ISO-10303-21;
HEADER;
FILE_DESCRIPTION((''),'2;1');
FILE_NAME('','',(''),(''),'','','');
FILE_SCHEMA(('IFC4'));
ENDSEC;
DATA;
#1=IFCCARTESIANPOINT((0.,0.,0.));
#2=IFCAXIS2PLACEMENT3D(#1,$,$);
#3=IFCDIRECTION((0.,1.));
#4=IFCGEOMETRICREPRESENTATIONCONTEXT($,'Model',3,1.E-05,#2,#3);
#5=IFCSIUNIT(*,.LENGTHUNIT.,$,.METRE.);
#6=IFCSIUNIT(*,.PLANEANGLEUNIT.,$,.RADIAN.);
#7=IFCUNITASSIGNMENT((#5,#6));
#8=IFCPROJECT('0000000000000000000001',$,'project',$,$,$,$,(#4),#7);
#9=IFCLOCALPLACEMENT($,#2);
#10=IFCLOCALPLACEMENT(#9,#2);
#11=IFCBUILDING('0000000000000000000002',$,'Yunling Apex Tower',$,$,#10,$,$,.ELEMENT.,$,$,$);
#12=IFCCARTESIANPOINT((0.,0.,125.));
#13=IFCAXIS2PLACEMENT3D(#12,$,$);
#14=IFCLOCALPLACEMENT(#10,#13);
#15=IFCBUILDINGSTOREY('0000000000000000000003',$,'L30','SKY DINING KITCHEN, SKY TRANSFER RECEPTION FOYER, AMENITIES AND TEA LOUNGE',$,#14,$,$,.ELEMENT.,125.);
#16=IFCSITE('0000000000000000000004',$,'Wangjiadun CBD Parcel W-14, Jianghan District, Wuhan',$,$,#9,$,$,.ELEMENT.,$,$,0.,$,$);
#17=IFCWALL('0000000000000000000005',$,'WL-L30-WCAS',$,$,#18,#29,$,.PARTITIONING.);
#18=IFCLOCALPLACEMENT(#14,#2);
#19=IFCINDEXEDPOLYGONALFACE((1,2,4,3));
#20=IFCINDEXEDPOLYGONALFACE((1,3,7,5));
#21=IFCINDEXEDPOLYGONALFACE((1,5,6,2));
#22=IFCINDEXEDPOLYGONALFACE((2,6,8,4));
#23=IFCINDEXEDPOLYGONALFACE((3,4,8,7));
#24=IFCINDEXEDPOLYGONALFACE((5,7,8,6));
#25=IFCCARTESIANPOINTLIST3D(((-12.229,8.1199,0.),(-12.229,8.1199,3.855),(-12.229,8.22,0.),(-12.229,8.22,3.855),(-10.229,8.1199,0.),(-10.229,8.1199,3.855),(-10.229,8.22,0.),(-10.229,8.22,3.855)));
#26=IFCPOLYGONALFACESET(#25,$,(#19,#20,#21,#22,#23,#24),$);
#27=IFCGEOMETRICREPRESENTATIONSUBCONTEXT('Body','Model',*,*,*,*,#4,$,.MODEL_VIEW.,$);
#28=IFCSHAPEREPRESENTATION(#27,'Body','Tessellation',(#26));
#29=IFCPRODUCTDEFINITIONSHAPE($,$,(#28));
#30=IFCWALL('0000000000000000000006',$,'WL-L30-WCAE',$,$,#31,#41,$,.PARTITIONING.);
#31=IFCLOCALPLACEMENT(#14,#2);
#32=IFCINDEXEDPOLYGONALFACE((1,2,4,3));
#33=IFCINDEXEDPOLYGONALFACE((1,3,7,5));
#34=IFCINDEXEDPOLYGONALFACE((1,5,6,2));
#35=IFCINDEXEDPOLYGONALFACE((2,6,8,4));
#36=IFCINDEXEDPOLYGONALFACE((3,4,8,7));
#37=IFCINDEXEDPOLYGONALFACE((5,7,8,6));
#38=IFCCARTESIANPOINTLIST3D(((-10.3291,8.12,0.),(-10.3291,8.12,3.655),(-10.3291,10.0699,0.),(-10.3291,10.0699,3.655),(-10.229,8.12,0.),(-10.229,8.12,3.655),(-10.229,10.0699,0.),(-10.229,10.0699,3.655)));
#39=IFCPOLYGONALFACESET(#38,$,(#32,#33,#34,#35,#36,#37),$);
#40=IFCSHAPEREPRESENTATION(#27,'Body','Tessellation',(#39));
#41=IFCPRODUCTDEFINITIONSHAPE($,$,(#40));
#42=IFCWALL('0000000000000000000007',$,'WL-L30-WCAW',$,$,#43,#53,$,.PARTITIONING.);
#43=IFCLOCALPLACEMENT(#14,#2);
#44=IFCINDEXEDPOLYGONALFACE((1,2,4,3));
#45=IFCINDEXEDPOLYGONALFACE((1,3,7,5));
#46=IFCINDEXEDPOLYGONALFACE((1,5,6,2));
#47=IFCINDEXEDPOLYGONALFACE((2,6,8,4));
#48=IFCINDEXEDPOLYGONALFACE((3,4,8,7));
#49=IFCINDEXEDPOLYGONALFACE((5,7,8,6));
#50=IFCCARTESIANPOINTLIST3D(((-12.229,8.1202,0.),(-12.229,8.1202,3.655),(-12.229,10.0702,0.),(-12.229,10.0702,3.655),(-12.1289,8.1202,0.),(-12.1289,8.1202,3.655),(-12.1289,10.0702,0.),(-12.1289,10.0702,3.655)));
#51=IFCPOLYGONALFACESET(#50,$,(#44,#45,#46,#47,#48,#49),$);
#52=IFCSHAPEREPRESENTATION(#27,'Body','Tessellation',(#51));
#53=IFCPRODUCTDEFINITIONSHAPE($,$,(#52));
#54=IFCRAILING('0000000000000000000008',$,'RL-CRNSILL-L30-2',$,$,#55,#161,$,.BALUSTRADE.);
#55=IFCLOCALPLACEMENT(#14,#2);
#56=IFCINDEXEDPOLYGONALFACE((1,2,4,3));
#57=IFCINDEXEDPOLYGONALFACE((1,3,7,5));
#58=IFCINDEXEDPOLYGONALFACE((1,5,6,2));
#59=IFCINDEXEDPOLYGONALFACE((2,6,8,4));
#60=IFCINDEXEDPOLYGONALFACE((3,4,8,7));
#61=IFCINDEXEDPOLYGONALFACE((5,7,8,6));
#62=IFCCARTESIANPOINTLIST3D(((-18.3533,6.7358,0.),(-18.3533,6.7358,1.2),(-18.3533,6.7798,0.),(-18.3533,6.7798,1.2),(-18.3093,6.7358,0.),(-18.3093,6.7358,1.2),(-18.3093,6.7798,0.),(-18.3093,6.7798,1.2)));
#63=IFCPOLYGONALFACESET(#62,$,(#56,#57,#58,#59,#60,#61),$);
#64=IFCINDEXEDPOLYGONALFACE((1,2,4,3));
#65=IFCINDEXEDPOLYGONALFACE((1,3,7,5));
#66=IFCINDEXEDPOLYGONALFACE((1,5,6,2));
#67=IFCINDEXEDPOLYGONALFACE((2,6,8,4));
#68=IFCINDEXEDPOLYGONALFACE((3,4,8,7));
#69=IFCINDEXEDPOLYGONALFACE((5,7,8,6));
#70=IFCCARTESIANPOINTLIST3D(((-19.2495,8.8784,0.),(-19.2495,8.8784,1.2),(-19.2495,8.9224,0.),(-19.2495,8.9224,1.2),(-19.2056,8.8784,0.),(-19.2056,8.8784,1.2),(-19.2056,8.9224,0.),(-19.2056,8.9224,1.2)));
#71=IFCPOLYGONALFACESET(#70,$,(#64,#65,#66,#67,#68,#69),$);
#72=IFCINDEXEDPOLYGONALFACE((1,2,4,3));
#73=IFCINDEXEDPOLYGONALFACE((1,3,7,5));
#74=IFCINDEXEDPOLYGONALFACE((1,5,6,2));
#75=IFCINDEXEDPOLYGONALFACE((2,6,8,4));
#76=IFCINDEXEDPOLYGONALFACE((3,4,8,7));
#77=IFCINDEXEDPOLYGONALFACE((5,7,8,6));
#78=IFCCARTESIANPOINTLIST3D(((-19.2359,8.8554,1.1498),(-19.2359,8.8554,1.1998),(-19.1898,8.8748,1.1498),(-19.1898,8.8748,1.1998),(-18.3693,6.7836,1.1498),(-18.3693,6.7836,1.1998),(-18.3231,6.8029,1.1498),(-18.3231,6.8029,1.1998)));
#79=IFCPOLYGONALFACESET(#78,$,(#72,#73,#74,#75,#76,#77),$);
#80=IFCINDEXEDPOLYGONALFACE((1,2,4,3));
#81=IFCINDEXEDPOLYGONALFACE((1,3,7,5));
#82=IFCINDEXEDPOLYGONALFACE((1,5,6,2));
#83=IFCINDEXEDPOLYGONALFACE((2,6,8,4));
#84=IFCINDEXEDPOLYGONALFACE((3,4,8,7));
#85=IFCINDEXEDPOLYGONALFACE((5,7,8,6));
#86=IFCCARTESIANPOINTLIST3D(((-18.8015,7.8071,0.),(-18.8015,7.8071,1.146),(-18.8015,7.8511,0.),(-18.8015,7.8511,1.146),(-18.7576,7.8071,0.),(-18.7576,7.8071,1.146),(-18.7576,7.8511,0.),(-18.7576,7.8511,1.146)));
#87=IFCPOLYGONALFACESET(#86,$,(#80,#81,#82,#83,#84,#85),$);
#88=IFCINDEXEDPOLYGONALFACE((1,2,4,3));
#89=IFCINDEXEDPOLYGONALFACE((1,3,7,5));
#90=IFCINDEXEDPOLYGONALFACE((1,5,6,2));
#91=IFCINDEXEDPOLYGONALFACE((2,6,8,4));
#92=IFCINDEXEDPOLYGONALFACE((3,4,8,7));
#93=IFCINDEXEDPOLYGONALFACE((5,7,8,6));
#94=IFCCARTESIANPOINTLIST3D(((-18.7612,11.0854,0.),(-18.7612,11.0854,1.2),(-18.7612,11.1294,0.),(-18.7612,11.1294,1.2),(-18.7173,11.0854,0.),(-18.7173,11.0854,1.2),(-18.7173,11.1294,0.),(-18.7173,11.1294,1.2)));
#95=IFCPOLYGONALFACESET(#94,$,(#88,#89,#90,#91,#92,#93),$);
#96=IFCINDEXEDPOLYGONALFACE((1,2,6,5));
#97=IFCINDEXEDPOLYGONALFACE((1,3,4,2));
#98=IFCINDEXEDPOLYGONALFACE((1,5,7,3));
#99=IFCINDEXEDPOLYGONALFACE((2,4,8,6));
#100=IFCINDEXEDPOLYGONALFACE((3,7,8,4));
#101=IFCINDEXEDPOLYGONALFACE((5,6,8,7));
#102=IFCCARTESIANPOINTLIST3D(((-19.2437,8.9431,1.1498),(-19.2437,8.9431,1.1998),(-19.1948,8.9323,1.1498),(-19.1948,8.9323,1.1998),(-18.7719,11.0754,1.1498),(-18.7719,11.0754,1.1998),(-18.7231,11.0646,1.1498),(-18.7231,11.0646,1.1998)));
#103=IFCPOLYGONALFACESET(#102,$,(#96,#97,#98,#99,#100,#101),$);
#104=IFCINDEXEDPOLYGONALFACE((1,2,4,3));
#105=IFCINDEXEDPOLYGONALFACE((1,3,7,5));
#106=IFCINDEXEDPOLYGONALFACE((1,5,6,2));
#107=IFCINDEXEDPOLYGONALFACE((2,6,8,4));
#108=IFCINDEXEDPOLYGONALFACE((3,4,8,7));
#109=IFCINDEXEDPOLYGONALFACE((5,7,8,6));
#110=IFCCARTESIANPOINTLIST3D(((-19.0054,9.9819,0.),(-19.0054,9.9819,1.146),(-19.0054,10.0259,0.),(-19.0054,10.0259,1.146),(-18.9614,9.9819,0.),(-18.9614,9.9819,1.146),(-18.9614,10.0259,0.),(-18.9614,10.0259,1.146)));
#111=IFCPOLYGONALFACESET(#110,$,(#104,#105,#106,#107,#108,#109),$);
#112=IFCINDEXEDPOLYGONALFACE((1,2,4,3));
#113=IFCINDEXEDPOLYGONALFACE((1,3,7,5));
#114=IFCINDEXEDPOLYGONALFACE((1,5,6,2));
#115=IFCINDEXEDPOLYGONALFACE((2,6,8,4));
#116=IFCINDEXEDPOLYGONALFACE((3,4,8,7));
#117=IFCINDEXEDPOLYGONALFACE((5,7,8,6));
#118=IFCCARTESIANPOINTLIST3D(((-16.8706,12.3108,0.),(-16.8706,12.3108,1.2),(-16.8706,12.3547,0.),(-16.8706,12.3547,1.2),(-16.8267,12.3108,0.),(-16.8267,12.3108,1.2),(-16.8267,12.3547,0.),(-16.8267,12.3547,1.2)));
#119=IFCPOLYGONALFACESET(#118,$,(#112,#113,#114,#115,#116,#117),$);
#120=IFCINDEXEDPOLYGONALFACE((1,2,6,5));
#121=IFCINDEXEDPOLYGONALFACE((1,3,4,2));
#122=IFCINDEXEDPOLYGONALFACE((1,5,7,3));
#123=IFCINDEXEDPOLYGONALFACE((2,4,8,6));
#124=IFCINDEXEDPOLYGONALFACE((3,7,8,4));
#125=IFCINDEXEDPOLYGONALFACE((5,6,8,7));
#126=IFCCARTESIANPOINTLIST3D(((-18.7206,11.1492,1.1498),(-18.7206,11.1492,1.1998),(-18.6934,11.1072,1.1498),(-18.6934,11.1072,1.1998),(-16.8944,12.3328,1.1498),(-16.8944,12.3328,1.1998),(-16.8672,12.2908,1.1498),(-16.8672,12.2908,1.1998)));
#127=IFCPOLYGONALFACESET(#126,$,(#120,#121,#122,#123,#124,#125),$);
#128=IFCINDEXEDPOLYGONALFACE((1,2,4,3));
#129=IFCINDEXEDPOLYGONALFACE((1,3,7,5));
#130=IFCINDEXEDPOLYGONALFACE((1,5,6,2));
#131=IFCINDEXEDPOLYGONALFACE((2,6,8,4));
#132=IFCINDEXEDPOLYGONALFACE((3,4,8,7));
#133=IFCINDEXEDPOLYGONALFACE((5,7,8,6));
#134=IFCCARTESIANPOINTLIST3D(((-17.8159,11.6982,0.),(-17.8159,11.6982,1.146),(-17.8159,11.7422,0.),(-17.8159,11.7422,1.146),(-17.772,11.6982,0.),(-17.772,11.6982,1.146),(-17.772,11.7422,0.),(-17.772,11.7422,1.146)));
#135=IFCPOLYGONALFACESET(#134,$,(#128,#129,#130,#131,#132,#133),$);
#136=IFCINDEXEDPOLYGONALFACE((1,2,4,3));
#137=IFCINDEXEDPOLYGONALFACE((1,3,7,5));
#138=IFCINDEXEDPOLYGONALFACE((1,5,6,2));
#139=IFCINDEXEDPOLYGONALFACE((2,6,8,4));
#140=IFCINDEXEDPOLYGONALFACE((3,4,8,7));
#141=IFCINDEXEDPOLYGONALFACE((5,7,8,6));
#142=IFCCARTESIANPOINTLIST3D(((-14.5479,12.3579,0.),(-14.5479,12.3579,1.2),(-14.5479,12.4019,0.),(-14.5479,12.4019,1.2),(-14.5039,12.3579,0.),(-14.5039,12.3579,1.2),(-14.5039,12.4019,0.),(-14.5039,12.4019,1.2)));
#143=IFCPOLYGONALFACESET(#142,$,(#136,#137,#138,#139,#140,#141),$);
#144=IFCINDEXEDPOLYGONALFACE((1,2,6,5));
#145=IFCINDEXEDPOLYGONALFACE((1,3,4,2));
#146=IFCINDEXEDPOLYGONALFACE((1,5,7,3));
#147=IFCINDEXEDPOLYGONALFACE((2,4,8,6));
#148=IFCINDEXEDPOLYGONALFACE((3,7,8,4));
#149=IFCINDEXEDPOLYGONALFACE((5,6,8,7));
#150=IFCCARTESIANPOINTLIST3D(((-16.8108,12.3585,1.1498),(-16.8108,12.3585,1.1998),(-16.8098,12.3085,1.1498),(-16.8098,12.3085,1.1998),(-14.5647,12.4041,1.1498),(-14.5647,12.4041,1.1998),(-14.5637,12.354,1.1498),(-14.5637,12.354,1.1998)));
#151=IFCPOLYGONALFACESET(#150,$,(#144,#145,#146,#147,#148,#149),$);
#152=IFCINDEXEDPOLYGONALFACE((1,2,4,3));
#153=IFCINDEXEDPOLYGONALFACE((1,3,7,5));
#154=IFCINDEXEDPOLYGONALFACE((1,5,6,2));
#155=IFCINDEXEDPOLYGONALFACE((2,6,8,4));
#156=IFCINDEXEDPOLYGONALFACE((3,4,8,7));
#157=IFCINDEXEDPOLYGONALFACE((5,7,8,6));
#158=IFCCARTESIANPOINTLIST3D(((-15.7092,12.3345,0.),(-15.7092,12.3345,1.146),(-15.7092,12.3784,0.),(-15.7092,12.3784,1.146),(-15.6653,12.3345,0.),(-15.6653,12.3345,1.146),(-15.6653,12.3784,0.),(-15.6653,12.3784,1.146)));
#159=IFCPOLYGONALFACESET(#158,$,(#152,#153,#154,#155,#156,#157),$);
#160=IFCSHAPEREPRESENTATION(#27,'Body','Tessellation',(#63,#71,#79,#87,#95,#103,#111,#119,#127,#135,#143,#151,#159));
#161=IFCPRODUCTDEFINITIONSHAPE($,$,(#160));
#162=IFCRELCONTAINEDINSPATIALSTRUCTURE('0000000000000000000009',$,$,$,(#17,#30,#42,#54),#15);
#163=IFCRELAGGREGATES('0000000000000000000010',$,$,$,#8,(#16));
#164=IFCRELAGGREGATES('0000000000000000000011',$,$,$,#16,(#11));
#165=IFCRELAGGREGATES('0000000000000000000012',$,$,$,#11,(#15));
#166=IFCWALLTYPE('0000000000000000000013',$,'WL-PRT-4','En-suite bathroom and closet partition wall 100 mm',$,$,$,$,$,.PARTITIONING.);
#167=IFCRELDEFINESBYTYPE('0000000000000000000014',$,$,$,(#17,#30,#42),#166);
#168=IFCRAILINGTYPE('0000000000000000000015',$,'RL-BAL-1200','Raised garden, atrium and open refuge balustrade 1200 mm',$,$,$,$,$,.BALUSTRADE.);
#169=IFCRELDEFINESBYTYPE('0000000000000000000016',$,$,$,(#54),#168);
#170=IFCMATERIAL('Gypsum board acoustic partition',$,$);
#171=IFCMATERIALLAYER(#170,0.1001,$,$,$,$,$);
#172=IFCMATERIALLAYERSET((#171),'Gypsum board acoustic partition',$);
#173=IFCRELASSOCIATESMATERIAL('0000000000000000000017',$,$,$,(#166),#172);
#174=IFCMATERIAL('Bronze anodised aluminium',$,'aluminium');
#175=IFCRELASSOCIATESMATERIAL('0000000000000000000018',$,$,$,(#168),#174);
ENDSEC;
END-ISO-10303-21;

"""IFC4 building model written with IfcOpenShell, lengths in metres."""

from ifc_helpers import new_model, si_unit, direction, frame, frame_2d, origin, origin_2d, place, context, subcontext, project, spatial, rectangle, extrude, material, layer, layer_set, type_object, element, save


model = new_model("IFC4")

# Units and contexts
model_context = context("Model", 3, precision=1e-05, world=origin(), true_north=direction((0.0, 1.0)))
body_context = subcontext(model_context, "Body", "Model", "MODEL_VIEW")
ifc_project = project(units=[si_unit("LENGTHUNIT", "METRE"), si_unit("PLANEANGLEUNIT", "RADIAN")], contexts=[model_context])

# Site, building, storey
site_placement = place(None, origin())
site = spatial("IfcSite", under=ifc_project, at=site_placement, Name="Wangjiadun CBD Parcel W-14, Jianghan District, Wuhan", CompositionType="ELEMENT", RefElevation=0.0)
building_placement = place(site_placement, origin())
building = spatial("IfcBuilding", under=site, at=building_placement, Name="Yunling Apex Tower", CompositionType="ELEMENT")
storey_placement = place(building_placement, frame((0.0, 0.0, 125.0)))
storey = spatial("IfcBuildingStorey", under=building, at=storey_placement, Name="L30", Description="SKY DINING KITCHEN, SKY TRANSFER RECEPTION FOYER, AMENITIES AND TEA LOUNGE", CompositionType="ELEMENT", Elevation=125.0)

# Shared definitions
ifc_material_1 = material(Name="Bronze anodised aluminium", Category="aluminium")

# Shared definitions
ifc_material_2 = material(Name="Gypsum board acoustic partition")
ifc_layer_1 = layer(ifc_material_2, 0.1001)
ifc_layer_set_1 = layer_set([ifc_layer_1], Name="Gypsum board acoustic partition")
wall_type = type_object("IfcWallType", Name="WL-PRT-4", Description="En-suite bathroom and closet partition wall 100 mm", PredefinedType="PARTITIONING", material=ifc_layer_set_1)

# Walls
wall_1_placement = place(storey_placement, frame((-10.229, 8.1699, 0.0), z_axis=(0.0, 0.0, 1.0), x_axis=(-1.0, 0.0, 0.0)))
element("IfcWall", 1, at=wall_1_placement, inside=storey, type_object=wall_type, Name="WL-L30-WCAS", PredefinedType="PARTITIONING", context=body_context, shape_type="SweptSolid", body=[
    extrude(rectangle(XDim=2.0, YDim=0.1001, at=frame_2d((1.0, 0.0))), origin(), (0.0, 0.0, 1.0), 3.855),
])
for number, where, z_axis, x_axis, name in (
    (2, (-10.2791, 10.0701, 0.0), (0.0, 0.0, 1.0), (0.0, -1.0, 0.0), "WL-L30-WCAE"),
    (3, (-12.179, 8.1201, 0.0), (0.0, 0.0, 1.0), (0.0, 1.0, 0.0), "WL-L30-WCAW"),
):
    element("IfcWall", number, at=place(storey_placement, frame(where, z_axis=z_axis, x_axis=x_axis)), inside=storey, type_object=wall_type, Name=name, PredefinedType="PARTITIONING", context=body_context, shape_type="SweptSolid", body=[
        extrude(rectangle(XDim=1.95, YDim=0.1001, at=frame_2d((0.9751, 0.0))), origin(), (0.0, 0.0, 1.0), 3.655),
    ])

# Railing
railing_type = type_object("IfcRailingType", Name="RL-BAL-1200", Description="Raised garden, atrium and open refuge balustrade 1200 mm", PredefinedType="BALUSTRADE", material=ifc_material_1)
railing_placement = place(storey_placement, frame((-18.3313, 6.7578, 0.0)))
element("IfcRailing", 4, at=railing_placement, inside=storey, type_object=railing_type, Name="RL-CRNSILL-L30-2", PredefinedType="BALUSTRADE", context=body_context, shape_type="SweptSolid", body=[
    extrude(rectangle(XDim=0.0439, YDim=0.0439, at=origin_2d()), origin(), (0.0, 0.0, 1.0), 1.2),
    extrude(rectangle(XDim=0.0439, YDim=0.0439, at=origin_2d()), frame((-0.8962, 2.1426, 0.0)), (0.0, 0.0, 1.0), 1.2),
    extrude(rectangle(XDim=0.05, YDim=0.05, at=origin_2d()), frame((-0.0149, 0.0354, 1.1748), z_axis=(-0.385899, 0.922541, 0.0), x_axis=(-0.922541, -0.385899, 0.0)), (0.0, 0.0, 1.0), 2.2458),
    extrude(rectangle(XDim=0.0439, YDim=0.0439, at=origin_2d()), frame((-0.4482, 1.0713, 0.0)), (0.0, 0.0, 1.0), 1.146),
    extrude(rectangle(XDim=0.0439, YDim=0.0439, at=origin_2d()), frame((-0.408, 4.3496, 0.0)), (0.0, 0.0, 1.0), 1.2),
    extrude(rectangle(XDim=0.05, YDim=0.05, at=origin_2d()), frame((-0.8879, 2.1799, 1.1748), z_axis=(0.216015, 0.97639, 0.0), x_axis=(-0.97639, 0.216015, 0.0)), (0.0, 0.0, 1.0), 2.1838),
    extrude(rectangle(XDim=0.0439, YDim=0.0439, at=origin_2d()), frame((-0.6521, 3.2461, 0.0)), (0.0, 0.0, 1.0), 1.146),
    extrude(rectangle(XDim=0.0439, YDim=0.0439, at=origin_2d()), frame((1.4827, 5.575, 0.0)), (0.0, 0.0, 1.0), 1.2),
    extrude(rectangle(XDim=0.05, YDim=0.05, at=origin_2d()), frame((-0.3757, 4.3704, 1.1748), z_axis=(0.839166, 0.543876, 0.0), x_axis=(-0.543876, 0.839166, 0.0)), (0.0, 0.0, 1.0), 2.1763),
    extrude(rectangle(XDim=0.0439, YDim=0.0439, at=origin_2d()), frame((0.5374, 4.9624, 0.0)), (0.0, 0.0, 1.0), 1.146),
    extrude(rectangle(XDim=0.0439, YDim=0.0439, at=origin_2d()), frame((3.8054, 5.6221, 0.0)), (0.0, 0.0, 1.0), 1.2),
    extrude(rectangle(XDim=0.05, YDim=0.05, at=origin_2d()), frame((1.521, 5.5757, 1.1748), z_axis=(0.999794, 0.020282, 0.0), x_axis=(-0.020282, 0.999794, 0.0)), (0.0, 0.0, 1.0), 2.2466),
    extrude(rectangle(XDim=0.0439, YDim=0.0439, at=origin_2d()), frame((2.644, 5.5986, 0.0)), (0.0, 0.0, 1.0), 1.146),
])

save(model, "model.ifc")
